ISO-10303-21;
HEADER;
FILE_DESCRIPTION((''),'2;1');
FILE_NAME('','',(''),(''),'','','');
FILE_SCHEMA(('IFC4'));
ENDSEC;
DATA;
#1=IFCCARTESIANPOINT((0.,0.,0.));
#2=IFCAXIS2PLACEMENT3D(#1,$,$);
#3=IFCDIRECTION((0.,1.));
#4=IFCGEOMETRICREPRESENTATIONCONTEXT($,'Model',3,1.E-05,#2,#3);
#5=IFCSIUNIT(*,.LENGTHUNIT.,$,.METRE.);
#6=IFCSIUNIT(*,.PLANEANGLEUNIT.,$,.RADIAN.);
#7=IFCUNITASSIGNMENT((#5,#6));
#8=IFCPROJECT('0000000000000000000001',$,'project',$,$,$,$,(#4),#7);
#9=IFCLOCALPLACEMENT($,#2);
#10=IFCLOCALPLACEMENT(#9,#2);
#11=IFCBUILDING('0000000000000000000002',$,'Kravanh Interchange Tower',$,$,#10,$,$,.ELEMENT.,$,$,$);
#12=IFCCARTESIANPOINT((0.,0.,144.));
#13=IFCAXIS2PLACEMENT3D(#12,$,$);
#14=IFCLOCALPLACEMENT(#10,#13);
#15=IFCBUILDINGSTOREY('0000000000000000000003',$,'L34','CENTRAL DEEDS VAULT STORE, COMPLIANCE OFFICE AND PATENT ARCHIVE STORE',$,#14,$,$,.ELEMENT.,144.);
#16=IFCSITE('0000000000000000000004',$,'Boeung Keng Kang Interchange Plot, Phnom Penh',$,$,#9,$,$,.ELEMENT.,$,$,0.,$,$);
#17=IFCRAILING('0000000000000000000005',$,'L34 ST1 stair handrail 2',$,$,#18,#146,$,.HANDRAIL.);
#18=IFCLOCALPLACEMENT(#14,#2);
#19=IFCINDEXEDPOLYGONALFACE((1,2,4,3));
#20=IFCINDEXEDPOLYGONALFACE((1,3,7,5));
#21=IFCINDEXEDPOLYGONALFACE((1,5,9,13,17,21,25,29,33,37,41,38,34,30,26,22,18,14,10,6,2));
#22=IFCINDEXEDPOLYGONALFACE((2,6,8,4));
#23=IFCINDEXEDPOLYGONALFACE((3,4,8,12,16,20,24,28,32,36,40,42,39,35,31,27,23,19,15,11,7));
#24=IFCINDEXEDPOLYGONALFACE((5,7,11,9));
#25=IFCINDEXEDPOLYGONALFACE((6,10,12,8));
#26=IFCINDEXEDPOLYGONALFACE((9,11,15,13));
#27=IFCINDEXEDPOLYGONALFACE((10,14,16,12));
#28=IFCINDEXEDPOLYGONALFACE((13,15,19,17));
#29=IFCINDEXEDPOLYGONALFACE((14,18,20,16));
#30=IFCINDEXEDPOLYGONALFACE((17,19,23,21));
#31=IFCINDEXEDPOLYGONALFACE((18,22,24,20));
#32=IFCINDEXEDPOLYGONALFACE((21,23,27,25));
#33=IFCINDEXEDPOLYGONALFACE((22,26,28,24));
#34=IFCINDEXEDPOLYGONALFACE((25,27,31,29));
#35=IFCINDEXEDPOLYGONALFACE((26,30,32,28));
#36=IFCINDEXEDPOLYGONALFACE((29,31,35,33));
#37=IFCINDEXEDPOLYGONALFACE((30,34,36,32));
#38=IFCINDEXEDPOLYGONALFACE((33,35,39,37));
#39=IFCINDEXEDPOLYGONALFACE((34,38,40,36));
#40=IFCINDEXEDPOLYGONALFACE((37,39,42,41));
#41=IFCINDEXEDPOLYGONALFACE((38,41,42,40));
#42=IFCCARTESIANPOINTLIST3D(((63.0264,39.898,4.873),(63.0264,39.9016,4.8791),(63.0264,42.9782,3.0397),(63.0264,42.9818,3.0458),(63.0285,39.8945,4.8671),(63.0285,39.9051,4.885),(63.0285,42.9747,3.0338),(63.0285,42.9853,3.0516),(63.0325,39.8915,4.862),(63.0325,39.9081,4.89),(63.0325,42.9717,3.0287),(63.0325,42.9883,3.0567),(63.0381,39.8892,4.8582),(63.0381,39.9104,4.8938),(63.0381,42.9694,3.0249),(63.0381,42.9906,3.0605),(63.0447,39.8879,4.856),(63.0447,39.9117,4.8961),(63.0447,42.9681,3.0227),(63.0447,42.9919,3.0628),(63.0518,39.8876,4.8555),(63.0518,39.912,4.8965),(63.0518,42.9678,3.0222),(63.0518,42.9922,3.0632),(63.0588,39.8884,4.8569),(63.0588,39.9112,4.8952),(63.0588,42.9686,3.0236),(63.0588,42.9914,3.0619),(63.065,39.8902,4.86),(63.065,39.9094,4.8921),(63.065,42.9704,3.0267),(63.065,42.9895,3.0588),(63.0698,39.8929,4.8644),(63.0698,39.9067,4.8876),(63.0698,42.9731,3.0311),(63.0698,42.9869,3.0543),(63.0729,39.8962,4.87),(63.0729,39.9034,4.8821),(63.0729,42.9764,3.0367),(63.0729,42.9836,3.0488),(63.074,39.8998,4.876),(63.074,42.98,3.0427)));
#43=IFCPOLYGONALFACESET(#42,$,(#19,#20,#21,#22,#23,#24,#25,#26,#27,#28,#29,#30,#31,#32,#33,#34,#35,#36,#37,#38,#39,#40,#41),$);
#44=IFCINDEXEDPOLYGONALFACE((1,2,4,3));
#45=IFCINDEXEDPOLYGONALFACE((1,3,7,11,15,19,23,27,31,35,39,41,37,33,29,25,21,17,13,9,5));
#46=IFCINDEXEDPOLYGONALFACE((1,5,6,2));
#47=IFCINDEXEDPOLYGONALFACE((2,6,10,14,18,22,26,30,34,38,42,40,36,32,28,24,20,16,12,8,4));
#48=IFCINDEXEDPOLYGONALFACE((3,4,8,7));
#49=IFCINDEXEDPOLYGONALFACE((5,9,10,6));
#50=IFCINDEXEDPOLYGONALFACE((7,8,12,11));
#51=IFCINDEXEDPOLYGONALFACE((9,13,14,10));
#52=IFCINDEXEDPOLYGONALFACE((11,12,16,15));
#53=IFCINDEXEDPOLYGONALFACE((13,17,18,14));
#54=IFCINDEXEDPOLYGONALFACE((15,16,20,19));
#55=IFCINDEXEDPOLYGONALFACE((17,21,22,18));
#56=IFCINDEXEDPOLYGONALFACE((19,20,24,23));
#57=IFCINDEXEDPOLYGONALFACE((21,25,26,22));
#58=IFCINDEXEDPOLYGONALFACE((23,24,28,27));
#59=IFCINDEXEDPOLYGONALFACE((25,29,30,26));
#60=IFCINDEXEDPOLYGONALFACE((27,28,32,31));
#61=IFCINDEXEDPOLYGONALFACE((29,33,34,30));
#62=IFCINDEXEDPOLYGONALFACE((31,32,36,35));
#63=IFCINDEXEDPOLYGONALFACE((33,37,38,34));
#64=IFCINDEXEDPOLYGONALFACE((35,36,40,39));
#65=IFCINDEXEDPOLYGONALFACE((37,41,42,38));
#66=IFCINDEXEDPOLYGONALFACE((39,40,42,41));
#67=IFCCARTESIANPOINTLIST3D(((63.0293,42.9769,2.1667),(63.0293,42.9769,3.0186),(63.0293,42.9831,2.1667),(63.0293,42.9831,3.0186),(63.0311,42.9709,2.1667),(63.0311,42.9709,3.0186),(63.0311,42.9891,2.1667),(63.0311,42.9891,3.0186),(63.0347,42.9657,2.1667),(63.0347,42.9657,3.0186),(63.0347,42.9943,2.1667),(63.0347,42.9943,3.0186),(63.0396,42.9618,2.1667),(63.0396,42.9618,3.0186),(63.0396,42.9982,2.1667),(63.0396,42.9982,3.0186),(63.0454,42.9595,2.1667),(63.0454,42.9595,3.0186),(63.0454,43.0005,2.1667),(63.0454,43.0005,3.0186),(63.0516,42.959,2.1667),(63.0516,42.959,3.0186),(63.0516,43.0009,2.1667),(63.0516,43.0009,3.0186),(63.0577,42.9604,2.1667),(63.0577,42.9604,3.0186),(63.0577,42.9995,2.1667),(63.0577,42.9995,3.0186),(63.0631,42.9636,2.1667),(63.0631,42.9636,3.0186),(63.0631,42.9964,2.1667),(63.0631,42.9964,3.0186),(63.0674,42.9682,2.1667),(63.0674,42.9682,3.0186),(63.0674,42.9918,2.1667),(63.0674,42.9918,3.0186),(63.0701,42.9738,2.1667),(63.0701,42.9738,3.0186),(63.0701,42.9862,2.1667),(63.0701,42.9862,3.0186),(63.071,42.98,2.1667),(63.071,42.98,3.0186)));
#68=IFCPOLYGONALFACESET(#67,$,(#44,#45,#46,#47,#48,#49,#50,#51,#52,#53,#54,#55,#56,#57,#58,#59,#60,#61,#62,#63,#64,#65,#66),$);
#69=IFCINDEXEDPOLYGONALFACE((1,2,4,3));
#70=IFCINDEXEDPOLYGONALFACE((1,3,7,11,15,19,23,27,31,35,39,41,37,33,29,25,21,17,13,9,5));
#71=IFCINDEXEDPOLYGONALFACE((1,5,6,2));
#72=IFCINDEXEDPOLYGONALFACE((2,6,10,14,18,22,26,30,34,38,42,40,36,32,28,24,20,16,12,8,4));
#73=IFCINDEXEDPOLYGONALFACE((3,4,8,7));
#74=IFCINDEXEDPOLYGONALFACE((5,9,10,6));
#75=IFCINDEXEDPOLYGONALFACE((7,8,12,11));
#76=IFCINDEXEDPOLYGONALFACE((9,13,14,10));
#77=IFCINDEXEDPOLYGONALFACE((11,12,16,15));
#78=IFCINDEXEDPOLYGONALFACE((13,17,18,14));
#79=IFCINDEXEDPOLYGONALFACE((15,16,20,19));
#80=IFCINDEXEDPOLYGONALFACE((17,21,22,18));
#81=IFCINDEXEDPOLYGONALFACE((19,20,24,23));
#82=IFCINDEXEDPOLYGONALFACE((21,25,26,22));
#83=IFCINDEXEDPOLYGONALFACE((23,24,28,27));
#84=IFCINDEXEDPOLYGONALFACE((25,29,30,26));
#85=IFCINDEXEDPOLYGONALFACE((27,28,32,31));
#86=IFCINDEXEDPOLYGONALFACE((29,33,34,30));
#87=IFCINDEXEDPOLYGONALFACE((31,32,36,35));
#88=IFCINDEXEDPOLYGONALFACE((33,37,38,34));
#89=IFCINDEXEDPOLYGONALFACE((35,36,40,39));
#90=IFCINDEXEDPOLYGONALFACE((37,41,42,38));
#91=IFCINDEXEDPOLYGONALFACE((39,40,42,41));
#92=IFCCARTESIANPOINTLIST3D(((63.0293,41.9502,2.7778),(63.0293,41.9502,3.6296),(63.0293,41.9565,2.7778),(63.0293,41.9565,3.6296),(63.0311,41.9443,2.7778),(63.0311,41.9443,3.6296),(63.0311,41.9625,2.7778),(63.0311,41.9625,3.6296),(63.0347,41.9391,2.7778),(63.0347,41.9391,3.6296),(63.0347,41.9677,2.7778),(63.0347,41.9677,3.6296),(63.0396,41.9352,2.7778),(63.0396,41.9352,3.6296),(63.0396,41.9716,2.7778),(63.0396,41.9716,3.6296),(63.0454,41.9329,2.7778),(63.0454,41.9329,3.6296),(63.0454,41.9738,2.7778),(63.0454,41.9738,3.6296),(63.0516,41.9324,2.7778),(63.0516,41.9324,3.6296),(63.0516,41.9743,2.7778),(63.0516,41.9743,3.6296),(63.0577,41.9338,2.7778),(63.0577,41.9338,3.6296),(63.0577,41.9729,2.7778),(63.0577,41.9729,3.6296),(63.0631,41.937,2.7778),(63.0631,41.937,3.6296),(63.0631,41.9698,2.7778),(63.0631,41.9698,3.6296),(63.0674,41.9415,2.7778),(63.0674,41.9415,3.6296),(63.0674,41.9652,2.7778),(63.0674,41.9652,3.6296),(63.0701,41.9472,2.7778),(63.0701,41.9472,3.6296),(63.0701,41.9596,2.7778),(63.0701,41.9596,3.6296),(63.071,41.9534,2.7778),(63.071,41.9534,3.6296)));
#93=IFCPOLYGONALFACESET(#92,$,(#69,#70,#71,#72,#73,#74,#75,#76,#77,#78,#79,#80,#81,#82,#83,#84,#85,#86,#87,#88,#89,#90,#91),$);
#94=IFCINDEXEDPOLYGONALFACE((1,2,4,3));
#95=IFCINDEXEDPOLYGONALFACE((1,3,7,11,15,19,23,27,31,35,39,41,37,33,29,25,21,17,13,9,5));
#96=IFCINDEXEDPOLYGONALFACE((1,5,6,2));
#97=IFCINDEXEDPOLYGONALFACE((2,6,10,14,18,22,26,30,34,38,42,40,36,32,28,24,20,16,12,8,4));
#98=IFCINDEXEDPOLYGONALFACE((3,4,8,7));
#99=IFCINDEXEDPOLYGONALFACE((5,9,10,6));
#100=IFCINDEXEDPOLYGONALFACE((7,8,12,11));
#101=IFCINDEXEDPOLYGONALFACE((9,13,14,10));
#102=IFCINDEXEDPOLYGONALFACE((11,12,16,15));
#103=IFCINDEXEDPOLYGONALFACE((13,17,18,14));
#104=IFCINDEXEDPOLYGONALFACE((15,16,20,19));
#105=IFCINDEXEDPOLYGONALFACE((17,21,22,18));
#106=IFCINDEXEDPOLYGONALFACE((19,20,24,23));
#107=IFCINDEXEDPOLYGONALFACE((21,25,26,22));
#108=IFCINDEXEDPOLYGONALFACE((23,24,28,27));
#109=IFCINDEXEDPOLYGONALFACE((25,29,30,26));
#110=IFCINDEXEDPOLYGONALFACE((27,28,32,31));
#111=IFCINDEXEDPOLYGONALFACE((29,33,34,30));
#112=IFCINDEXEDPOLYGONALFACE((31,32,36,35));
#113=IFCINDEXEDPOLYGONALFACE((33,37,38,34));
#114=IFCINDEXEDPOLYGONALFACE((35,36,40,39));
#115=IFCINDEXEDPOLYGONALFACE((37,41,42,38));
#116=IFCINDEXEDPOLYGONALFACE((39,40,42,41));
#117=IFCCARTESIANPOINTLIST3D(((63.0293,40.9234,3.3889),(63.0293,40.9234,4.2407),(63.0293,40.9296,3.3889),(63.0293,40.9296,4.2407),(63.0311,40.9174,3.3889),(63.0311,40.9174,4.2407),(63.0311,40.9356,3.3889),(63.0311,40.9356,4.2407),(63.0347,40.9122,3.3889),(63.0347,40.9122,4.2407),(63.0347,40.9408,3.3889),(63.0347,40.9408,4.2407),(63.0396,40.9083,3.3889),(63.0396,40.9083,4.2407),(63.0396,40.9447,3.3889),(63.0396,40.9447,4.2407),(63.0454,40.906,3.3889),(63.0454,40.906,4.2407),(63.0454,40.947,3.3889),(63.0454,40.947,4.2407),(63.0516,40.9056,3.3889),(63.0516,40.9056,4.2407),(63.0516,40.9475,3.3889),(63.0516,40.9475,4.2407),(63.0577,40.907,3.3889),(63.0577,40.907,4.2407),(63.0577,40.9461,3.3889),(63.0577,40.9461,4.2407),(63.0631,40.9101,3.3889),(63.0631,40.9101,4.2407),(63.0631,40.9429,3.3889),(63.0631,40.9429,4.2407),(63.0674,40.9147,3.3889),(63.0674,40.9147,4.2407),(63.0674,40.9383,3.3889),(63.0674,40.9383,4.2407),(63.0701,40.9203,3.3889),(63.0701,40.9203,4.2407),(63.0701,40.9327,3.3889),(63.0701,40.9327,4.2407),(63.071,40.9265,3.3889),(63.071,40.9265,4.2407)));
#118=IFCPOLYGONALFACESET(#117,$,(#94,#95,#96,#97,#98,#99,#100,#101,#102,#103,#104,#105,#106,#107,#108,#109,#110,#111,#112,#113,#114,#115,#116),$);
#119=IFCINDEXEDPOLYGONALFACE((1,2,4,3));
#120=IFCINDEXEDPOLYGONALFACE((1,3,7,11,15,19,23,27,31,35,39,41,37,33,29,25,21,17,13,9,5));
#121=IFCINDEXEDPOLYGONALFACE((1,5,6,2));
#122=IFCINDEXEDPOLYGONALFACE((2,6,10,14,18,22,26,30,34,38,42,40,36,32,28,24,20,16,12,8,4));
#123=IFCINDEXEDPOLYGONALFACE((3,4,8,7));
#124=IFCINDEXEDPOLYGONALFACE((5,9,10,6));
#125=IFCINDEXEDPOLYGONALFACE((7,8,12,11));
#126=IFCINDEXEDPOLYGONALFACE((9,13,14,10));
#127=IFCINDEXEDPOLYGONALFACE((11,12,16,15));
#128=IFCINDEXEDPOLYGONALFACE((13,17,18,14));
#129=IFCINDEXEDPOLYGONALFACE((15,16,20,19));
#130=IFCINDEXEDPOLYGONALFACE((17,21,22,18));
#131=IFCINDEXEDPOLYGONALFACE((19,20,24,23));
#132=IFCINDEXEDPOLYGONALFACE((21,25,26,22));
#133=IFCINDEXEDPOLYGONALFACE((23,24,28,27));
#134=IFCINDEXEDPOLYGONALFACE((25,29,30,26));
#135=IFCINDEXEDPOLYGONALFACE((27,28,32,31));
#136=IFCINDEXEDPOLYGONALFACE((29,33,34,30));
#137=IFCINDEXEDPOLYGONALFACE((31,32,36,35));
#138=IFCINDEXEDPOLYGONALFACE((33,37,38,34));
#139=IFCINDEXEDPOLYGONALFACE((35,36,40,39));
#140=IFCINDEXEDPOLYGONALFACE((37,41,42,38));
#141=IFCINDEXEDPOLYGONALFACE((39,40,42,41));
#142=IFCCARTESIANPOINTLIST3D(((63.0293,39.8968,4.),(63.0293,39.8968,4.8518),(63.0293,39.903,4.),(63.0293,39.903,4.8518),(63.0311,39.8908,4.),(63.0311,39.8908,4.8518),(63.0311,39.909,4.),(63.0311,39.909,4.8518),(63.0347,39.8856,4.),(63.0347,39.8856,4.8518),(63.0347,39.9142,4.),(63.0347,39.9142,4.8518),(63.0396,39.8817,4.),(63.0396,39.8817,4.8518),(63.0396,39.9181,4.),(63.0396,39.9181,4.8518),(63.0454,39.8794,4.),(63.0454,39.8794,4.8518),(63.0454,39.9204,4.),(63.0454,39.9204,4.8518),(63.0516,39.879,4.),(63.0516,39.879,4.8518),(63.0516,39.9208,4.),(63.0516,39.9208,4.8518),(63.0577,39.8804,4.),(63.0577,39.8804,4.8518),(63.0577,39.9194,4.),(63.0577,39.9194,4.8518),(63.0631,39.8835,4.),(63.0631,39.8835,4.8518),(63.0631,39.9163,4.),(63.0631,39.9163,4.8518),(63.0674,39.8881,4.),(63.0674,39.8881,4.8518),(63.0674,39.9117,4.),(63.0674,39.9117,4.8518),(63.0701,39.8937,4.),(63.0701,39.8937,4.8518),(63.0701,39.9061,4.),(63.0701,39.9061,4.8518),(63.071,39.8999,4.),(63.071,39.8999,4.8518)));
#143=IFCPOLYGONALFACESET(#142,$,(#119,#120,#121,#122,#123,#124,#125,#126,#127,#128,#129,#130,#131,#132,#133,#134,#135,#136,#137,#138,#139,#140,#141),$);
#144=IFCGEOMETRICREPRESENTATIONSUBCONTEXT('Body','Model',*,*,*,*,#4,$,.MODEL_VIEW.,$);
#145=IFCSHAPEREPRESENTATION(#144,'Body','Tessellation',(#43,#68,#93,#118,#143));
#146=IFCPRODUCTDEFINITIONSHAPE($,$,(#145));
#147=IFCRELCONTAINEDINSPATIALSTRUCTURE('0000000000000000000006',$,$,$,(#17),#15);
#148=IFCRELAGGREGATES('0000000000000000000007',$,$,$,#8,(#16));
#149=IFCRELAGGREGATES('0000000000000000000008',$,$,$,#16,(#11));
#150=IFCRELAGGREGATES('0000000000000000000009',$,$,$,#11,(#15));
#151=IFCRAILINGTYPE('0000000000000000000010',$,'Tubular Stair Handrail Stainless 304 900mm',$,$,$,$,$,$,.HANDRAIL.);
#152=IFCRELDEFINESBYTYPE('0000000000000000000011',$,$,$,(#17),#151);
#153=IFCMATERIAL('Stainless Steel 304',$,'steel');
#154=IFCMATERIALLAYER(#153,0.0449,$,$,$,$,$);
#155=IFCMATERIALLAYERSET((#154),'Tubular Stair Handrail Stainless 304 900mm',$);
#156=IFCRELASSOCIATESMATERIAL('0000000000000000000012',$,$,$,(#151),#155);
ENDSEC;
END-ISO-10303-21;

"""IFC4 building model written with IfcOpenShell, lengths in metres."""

from ifc_helpers import new_model, si_unit, direction, frame, origin, origin_2d, place, context, subcontext, project, spatial, circle, extrude, material, layer, layer_set, type_object, element, save


model = new_model("IFC4")

# Units and contexts
model_context = context("Model", 3, precision=1e-05, world=origin(), true_north=direction((0.0, 1.0)))
body_context = subcontext(model_context, "Body", "Model", "MODEL_VIEW")
ifc_project = project(units=[si_unit("LENGTHUNIT", "METRE"), si_unit("PLANEANGLEUNIT", "RADIAN")], contexts=[model_context])

# Site, building, storey
site_placement = place(None, origin())
site = spatial("IfcSite", under=ifc_project, at=site_placement, Name="Boeung Keng Kang Interchange Plot, Phnom Penh", CompositionType="ELEMENT", RefElevation=0.0)
building_placement = place(site_placement, origin())
building = spatial("IfcBuilding", under=site, at=building_placement, Name="Kravanh Interchange Tower", CompositionType="ELEMENT")
storey_placement = place(building_placement, frame((0.0, 0.0, 144.0)))
storey = spatial("IfcBuildingStorey", under=building, at=storey_placement, Name="L34", Description="CENTRAL DEEDS VAULT STORE, COMPLIANCE OFFICE AND PATENT ARCHIVE STORE", CompositionType="ELEMENT", Elevation=144.0)

# Railing
ifc_material_1 = material(Name="Stainless Steel 304", Category="steel")
ifc_layer_1 = layer(ifc_material_1, 0.0449)
ifc_layer_set_1 = layer_set([ifc_layer_1], Name="Tubular Stair Handrail Stainless 304 900mm")
railing_type_1 = type_object("IfcRailingType", Name="Tubular Stair Handrail Stainless 304 900mm", PredefinedType="HANDRAIL", material=ifc_layer_set_1)
railing_1_placement = place(storey_placement, frame((63.05, 42.98, 2.1667)))
element("IfcRailing", 1, at=railing_1_placement, inside=storey, type_object=railing_type_1, Name="L34 ST1 stair handrail 2", PredefinedType="HANDRAIL", context=body_context, shape_type="SweptSolid", body=[
    extrude(circle(Radius=0.0239, at=origin_2d()), frame((0.0, 0.0, 0.876), z_axis=(0.0, -0.859309, 0.511458), x_axis=(1.0, 0.0, 0.0)), (0.0, 0.0, 1.0), 3.5845),
    extrude(circle(Radius=0.021, at=origin_2d()), origin(), (0.0, 0.0, 1.0), 0.8518),
    extrude(circle(Radius=0.021, at=origin_2d()), frame((0.0, -1.0266, 0.6111)), (0.0, 0.0, 1.0), 0.8518),
    extrude(circle(Radius=0.021, at=origin_2d()), frame((0.0, -2.0535, 1.2222)), (0.0, 0.0, 1.0), 0.8518),
    extrude(circle(Radius=0.021, at=origin_2d()), frame((0.0, -3.0801, 1.8333)), (0.0, 0.0, 1.0), 0.8518),
])

save(model, "model.ifc")
